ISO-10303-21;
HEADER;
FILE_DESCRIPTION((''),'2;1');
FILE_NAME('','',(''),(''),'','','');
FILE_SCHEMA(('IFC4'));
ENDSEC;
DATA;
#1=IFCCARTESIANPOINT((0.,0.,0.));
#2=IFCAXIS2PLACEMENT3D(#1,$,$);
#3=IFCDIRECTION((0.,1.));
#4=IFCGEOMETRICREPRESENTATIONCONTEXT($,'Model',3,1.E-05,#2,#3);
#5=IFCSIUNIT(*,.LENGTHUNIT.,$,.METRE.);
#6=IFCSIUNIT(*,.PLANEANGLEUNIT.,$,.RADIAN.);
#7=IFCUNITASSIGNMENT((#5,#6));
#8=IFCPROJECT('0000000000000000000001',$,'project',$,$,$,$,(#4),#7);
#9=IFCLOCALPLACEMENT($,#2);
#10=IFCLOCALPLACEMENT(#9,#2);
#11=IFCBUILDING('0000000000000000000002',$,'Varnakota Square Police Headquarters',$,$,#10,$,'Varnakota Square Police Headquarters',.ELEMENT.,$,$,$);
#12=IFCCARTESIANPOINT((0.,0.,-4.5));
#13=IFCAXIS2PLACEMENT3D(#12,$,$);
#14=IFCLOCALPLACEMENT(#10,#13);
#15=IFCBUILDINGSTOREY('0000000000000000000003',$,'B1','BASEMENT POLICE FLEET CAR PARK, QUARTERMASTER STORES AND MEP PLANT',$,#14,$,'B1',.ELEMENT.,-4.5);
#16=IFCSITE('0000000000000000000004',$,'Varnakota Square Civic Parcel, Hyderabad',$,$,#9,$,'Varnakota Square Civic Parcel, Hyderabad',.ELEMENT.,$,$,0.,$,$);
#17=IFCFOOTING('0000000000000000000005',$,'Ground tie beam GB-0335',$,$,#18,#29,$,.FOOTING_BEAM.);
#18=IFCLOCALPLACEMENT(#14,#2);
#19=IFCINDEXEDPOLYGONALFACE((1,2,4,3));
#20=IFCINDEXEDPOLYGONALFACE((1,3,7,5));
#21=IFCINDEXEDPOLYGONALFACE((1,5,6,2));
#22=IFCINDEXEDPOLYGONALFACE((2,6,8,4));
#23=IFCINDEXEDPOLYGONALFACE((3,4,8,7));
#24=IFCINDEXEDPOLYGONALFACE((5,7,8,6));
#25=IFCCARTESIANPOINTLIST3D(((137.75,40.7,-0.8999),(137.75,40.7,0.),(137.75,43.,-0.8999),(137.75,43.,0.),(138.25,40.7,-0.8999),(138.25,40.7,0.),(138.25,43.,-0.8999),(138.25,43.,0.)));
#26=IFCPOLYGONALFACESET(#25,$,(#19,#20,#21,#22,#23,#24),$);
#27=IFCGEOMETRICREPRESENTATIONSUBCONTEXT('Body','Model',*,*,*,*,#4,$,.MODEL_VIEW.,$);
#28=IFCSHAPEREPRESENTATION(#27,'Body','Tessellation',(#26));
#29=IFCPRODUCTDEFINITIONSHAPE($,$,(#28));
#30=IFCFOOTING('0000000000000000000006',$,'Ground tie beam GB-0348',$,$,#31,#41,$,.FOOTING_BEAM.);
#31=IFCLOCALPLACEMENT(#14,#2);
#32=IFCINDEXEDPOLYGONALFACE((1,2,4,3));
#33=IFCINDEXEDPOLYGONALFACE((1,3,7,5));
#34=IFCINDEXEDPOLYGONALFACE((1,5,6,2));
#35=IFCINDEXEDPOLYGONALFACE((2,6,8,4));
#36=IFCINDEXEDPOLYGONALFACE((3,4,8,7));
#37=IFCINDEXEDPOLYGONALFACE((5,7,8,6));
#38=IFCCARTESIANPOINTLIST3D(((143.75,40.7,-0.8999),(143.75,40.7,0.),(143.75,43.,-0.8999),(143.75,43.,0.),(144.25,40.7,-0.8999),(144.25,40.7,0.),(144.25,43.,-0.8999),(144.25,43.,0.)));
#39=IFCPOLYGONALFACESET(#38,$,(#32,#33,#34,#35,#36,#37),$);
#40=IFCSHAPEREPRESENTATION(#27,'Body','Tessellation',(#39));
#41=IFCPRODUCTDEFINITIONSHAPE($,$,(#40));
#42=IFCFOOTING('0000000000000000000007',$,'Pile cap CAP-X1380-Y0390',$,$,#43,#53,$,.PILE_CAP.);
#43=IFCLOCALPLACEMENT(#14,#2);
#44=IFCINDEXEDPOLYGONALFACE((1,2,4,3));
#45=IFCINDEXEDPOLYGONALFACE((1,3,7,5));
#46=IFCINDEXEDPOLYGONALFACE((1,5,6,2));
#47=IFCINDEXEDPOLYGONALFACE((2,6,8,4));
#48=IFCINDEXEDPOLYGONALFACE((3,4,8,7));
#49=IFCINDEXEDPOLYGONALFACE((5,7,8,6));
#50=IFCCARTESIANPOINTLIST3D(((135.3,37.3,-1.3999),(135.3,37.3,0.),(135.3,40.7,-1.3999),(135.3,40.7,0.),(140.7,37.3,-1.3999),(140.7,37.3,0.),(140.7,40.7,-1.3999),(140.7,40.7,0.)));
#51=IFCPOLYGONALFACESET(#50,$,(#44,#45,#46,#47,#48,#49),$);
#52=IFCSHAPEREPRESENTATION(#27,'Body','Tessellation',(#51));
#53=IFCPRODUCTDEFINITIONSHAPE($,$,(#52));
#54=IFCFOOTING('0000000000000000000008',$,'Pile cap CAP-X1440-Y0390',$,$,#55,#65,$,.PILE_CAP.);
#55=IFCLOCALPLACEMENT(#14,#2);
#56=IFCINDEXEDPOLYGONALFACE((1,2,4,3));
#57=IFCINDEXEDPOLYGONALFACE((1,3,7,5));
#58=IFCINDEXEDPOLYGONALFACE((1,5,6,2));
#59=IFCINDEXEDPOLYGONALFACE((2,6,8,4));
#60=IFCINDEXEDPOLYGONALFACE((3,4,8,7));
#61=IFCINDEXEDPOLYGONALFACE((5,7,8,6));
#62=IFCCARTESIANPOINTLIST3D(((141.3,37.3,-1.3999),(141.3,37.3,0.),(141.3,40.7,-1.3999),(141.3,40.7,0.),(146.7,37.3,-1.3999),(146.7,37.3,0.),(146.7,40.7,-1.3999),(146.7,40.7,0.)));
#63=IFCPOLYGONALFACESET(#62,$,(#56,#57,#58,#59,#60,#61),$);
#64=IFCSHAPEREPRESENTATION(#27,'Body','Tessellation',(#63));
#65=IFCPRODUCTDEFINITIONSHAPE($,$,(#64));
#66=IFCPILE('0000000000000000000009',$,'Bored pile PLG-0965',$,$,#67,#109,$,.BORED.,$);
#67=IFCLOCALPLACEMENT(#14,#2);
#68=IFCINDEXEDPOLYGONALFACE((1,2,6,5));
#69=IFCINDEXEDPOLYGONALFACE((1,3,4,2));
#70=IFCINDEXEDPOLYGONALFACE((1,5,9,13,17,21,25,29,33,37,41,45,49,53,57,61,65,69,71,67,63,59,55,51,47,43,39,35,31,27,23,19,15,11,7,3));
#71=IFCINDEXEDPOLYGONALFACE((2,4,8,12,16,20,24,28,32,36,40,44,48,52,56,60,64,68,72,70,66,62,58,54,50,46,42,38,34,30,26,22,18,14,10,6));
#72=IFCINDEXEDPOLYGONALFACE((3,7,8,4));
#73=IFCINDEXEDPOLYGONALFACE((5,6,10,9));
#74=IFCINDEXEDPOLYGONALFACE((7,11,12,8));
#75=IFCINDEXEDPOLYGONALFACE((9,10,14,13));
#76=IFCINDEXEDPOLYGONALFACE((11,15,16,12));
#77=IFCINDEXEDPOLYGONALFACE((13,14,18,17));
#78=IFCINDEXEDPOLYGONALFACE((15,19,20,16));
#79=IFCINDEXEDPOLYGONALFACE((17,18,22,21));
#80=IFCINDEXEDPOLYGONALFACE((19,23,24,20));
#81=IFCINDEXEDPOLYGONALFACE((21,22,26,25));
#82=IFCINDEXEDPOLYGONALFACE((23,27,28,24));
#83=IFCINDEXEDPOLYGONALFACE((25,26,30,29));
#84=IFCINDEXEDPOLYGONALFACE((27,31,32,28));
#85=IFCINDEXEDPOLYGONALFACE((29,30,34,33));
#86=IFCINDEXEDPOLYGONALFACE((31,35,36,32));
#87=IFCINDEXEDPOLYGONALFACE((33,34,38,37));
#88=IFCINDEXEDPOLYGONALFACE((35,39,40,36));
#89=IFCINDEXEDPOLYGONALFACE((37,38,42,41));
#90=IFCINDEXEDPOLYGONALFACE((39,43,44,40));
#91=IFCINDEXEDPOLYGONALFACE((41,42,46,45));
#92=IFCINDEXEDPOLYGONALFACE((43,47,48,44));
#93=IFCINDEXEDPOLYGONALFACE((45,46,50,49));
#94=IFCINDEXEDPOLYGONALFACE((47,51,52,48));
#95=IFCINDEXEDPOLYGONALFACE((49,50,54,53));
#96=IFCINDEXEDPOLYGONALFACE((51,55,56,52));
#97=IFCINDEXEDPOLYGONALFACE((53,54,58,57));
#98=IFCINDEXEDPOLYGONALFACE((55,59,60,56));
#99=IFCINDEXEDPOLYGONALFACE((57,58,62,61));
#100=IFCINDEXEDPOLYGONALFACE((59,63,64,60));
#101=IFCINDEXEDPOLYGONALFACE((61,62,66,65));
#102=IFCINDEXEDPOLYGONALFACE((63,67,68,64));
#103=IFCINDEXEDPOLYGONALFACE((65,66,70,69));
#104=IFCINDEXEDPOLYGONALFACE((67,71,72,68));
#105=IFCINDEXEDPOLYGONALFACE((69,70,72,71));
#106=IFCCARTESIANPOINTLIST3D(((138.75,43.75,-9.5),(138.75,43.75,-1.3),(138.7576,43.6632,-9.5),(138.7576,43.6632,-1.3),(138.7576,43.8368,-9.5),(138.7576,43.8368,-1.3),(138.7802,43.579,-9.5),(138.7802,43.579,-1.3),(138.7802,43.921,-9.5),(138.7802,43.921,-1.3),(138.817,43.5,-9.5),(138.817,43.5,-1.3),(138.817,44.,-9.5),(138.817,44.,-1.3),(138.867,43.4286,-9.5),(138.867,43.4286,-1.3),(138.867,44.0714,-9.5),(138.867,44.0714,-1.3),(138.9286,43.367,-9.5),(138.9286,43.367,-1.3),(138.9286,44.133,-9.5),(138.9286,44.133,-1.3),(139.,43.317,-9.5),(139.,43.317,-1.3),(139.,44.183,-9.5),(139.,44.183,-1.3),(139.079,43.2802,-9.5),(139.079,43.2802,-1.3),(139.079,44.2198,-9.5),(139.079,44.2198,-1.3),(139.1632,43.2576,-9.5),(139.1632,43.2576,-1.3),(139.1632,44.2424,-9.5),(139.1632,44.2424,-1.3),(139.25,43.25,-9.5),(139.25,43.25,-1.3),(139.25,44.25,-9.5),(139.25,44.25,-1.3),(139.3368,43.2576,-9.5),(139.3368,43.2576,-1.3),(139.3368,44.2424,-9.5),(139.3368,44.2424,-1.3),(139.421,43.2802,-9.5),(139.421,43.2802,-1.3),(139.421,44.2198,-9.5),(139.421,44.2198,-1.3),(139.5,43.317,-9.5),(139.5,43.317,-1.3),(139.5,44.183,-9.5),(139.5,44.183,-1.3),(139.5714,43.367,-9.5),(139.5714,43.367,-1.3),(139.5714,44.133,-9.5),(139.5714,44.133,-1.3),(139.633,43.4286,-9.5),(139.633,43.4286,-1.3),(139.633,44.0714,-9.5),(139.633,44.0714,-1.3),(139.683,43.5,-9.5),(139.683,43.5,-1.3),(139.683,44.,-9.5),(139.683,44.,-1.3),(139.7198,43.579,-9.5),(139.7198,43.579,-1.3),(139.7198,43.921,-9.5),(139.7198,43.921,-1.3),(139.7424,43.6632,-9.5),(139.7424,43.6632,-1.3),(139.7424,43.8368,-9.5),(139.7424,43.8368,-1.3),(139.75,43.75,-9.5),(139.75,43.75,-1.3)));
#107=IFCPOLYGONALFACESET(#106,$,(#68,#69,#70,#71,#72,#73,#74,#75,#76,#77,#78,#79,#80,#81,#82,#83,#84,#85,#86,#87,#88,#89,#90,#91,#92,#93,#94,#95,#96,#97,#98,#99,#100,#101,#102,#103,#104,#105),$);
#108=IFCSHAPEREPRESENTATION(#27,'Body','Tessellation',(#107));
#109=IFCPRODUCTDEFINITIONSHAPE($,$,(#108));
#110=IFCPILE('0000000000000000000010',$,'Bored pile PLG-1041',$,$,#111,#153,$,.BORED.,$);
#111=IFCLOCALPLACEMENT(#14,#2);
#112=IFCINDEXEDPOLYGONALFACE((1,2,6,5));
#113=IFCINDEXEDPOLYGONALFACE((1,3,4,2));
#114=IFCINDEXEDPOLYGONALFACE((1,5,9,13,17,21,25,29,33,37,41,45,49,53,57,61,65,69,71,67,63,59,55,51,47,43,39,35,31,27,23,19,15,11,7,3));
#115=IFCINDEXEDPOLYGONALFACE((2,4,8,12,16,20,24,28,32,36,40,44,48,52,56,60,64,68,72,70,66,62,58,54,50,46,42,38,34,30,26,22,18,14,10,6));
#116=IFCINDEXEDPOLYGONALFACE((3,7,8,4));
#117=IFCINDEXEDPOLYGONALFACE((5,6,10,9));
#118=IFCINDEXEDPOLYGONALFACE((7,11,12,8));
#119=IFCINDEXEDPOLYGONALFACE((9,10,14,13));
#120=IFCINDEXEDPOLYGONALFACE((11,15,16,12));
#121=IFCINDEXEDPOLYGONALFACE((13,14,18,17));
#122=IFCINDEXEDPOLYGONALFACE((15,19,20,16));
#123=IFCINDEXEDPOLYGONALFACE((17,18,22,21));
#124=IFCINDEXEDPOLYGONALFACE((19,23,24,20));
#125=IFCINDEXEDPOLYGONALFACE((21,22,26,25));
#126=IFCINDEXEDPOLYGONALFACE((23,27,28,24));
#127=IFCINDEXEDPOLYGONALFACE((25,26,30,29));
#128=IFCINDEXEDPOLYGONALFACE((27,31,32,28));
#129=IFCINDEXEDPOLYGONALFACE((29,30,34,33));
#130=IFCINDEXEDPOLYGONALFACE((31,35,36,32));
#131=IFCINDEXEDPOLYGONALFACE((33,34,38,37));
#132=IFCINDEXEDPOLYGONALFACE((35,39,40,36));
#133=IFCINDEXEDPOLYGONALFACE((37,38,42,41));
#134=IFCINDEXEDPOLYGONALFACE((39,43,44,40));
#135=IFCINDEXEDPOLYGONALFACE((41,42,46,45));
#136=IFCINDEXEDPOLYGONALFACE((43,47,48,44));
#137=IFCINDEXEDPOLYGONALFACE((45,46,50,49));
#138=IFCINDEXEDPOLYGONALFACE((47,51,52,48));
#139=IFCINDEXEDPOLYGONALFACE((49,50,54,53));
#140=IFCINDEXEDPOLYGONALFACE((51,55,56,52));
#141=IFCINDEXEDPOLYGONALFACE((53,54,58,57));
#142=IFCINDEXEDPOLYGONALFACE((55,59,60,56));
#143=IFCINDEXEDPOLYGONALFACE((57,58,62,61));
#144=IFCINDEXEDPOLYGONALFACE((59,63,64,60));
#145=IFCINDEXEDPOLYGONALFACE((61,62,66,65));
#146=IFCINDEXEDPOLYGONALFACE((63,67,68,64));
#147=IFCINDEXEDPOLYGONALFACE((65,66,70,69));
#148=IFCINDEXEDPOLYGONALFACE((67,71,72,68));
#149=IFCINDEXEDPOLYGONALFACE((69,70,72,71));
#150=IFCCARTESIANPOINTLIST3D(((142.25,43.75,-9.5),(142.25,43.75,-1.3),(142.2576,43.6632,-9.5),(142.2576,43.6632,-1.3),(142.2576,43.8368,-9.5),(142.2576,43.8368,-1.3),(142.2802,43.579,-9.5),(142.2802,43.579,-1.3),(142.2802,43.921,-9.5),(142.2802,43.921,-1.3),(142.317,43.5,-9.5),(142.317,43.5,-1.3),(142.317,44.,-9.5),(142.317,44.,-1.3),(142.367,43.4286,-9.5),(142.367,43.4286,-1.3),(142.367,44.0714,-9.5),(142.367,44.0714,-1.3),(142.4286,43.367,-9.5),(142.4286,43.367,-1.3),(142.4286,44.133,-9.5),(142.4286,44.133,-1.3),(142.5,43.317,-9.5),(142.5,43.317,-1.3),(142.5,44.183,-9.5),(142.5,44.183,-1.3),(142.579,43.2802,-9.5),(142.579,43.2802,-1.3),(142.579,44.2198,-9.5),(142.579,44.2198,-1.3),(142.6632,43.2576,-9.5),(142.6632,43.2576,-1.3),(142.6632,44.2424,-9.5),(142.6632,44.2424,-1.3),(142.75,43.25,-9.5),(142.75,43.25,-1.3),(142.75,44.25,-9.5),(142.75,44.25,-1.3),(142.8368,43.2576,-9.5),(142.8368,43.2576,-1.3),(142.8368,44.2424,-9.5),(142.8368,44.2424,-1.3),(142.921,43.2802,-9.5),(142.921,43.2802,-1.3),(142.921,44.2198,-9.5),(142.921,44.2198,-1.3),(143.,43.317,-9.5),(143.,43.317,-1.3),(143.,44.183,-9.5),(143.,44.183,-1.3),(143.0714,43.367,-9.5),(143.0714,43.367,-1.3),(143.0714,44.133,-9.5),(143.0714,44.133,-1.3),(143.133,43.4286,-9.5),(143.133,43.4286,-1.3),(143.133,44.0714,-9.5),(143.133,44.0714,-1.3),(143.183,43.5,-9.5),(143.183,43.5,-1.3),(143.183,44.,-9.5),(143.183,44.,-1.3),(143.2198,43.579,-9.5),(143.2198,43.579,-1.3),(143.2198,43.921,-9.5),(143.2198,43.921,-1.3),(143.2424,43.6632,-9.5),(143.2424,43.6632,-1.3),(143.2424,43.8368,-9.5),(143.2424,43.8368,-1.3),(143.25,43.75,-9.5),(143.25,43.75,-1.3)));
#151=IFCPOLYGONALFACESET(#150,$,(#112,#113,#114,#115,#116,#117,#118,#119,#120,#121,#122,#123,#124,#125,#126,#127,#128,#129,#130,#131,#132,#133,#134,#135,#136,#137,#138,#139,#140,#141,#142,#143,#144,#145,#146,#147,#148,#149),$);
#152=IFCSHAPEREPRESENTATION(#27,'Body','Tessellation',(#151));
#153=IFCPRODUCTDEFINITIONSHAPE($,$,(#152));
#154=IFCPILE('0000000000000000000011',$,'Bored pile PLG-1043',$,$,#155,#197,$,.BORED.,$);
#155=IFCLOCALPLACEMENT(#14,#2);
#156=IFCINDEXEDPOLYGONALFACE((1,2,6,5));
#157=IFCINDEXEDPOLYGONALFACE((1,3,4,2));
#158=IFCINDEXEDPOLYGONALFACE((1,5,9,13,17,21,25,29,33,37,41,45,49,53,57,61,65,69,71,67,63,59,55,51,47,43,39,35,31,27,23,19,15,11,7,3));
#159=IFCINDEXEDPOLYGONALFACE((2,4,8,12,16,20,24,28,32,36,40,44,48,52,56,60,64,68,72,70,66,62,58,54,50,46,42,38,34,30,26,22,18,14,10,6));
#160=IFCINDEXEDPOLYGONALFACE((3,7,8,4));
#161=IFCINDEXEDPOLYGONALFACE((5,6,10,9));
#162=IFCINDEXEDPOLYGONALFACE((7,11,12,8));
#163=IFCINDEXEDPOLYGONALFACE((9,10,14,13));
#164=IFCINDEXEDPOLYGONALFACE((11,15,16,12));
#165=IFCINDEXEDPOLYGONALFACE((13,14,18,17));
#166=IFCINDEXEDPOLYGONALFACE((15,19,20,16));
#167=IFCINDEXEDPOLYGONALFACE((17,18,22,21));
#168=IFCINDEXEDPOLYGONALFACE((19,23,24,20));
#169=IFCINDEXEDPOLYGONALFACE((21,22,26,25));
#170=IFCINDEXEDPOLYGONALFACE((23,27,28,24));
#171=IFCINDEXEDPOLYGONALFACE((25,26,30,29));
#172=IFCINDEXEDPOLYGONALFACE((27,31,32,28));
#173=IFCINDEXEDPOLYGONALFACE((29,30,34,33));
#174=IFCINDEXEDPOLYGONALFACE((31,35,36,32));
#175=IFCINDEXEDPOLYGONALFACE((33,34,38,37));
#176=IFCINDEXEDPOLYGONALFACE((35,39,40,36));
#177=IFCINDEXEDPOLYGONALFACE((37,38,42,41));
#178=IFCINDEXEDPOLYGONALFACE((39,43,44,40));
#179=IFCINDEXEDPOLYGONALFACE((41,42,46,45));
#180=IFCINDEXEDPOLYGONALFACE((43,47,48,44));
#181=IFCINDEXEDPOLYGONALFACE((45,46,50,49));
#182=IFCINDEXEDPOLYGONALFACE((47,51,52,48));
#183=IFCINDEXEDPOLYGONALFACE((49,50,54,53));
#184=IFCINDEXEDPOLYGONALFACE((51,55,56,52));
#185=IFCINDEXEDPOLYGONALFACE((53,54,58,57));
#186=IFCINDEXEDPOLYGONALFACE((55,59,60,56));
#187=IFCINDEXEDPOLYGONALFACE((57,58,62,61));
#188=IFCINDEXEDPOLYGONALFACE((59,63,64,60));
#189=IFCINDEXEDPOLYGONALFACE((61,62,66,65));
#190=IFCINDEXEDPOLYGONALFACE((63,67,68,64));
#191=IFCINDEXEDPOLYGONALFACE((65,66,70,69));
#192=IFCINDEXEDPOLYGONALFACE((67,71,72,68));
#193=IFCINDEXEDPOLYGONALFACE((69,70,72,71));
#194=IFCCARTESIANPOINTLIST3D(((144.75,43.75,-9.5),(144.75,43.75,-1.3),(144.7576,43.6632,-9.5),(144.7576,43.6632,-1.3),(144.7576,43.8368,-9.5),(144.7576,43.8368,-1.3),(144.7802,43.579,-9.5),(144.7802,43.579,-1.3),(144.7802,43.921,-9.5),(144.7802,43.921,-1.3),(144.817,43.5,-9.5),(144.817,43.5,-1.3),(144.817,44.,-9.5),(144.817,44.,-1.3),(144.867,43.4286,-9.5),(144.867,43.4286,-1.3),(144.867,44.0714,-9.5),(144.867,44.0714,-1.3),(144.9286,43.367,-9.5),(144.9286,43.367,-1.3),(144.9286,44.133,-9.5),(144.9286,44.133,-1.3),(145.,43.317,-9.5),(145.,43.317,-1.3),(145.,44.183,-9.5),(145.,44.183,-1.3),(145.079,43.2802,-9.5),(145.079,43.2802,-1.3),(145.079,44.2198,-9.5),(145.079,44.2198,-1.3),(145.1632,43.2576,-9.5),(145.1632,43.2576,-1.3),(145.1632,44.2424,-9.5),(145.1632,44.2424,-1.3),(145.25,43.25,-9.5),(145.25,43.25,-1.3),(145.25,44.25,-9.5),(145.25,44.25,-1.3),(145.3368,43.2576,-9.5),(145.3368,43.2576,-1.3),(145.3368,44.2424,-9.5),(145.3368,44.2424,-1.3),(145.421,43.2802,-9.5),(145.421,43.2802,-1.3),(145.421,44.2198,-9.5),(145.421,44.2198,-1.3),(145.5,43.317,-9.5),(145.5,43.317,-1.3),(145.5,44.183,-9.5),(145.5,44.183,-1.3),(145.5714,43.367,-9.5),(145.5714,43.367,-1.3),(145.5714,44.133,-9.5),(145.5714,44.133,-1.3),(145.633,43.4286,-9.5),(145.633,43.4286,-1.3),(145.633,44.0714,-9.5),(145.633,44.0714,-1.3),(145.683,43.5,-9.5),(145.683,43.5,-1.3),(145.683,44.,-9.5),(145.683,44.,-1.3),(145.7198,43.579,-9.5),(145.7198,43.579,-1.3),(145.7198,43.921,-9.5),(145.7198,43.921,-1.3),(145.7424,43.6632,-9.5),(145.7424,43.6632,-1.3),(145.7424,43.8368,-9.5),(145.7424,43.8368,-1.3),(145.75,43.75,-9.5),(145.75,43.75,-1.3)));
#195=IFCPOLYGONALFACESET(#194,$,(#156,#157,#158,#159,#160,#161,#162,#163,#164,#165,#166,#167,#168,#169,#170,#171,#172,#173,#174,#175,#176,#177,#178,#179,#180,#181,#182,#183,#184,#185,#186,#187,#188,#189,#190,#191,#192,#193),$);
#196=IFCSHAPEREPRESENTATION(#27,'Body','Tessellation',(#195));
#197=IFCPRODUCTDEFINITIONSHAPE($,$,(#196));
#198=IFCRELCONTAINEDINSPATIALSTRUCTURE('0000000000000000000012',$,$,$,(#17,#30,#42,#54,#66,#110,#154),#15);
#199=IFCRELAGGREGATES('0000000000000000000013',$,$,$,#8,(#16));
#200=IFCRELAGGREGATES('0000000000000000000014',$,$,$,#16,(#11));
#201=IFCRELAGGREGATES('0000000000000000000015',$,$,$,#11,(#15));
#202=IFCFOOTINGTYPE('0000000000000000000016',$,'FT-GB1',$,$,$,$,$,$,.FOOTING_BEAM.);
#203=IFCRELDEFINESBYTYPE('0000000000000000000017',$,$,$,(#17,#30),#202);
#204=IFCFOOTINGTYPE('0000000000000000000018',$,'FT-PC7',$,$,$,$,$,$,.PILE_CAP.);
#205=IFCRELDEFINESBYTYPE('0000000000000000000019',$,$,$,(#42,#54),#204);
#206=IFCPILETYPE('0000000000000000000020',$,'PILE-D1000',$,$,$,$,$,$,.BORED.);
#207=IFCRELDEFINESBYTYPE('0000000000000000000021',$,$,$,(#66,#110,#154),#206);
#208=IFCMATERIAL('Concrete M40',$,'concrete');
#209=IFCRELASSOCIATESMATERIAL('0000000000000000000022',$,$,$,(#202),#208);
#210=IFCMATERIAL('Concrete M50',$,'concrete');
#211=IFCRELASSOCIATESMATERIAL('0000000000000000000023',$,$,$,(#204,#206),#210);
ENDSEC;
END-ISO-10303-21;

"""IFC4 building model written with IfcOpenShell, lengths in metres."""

from ifc_helpers import new_model, si_unit, direction, frame, origin, origin_2d, place, context, subcontext, project, spatial, rectangle, circle, extrude, material, material_profile, profile_set, type_object, element, save


model = new_model("IFC4")

# Units and contexts
model_context = context("Model", 3, precision=1e-05, world=origin(), true_north=direction((0.0, 1.0)))
body_context = subcontext(model_context, "Body", "Model", "MODEL_VIEW")
ifc_project = project(units=[si_unit("LENGTHUNIT", "METRE"), si_unit("PLANEANGLEUNIT", "RADIAN")], contexts=[model_context])

# Site, building, storey
site_placement = place(None, origin())
site = spatial("IfcSite", under=ifc_project, at=site_placement, Name="Varnakota Square Civic Parcel, Hyderabad", LongName="Varnakota Square Civic Parcel, Hyderabad", CompositionType="ELEMENT", RefElevation=0.0)
building_placement = place(site_placement, origin())
building = spatial("IfcBuilding", under=site, at=building_placement, Name="Varnakota Square Police Headquarters", LongName="Varnakota Square Police Headquarters", CompositionType="ELEMENT")
storey_placement = place(building_placement, frame((0.0, 0.0, -4.5)))
storey = spatial("IfcBuildingStorey", under=building, at=storey_placement, Name="B1", Description="BASEMENT POLICE FLEET CAR PARK, QUARTERMASTER STORES AND MEP PLANT", LongName="B1", CompositionType="ELEMENT", Elevation=-4.5)

# Footings
ifc_material_1 = material(Name="Concrete M40", Category="concrete")
ifc_material_profile_1 = material_profile(ifc_material_1, rectangle(XDim=0.5, YDim=0.8999, at=origin_2d()), Name="GB 500x900")
ifc_profile_set_1 = profile_set([ifc_material_profile_1], Name="Concrete M40")
footing_type_1 = type_object("IfcFootingType", Name="FT-GB1", PredefinedType="FOOTING_BEAM", material=ifc_profile_set_1)
for number, where, z_axis, x_axis, name in (
    (1, (138.0, 40.7, -0.45), (0.0, 1.0, 0.0), (-1.0, 0.0, 0.0), "Ground tie beam GB-0335"),
    (2, (144.0, 40.7, -0.45), (0.0, 1.0, 0.0), (-1.0, 0.0, 0.0), "Ground tie beam GB-0348"),
):
    element("IfcFooting", number, at=place(storey_placement, frame(where, z_axis=z_axis, x_axis=x_axis)), inside=storey, type_object=footing_type_1, Name=name, PredefinedType="FOOTING_BEAM", context=body_context, shape_type="SweptSolid", body=[
        extrude(rectangle(XDim=0.5, YDim=0.8999, at=origin_2d()), origin(), (0.0, 0.0, 1.0), 2.3),
    ])
ifc_material_2 = material(Name="Concrete M50", Category="concrete")
footing_type_2 = type_object("IfcFootingType", Name="FT-PC7", PredefinedType="PILE_CAP", material=ifc_material_2)
for number, where, z_axis, x_axis, name in (
    (3, (138.0, 39.0, -1.3999), (0.0, 0.0, 1.0), (1.0, 0.0, 0.0), "Pile cap CAP-X1380-Y0390"),
    (4, (144.0, 39.0, -1.3999), (0.0, 0.0, 1.0), (1.0, 0.0, 0.0), "Pile cap CAP-X1440-Y0390"),
):
    element("IfcFooting", number, at=place(storey_placement, frame(where, z_axis=z_axis, x_axis=x_axis)), inside=storey, type_object=footing_type_2, Name=name, PredefinedType="PILE_CAP", context=body_context, shape_type="SweptSolid", body=[
        extrude(rectangle(XDim=5.3999, YDim=3.3999, at=origin_2d()), origin(), (0.0, 0.0, 1.0), 1.3999),
    ])

# Piles
ifc_material_profile_2 = material_profile(ifc_material_2, circle(Radius=0.5, at=origin_2d()), Name="BORED PILE 1000")
ifc_profile_set_2 = profile_set([ifc_material_profile_2], Name="Concrete M50")
pile_type_1 = type_object("IfcPileType", Name="PILE-D1000", PredefinedType="BORED", material=ifc_profile_set_2)
for number, where, z_axis, x_axis, name in (
    (5, (139.25, 43.75, -1.3), (0.0, 0.0, -1.0), (1.0, 0.0, 0.0), "Bored pile PLG-0965"),
    (6, (142.75, 43.75, -1.3), (0.0, 0.0, -1.0), (1.0, 0.0, 0.0), "Bored pile PLG-1041"),
    (7, (145.25, 43.75, -1.3), (0.0, 0.0, -1.0), (1.0, 0.0, 0.0), "Bored pile PLG-1043"),
):
    element("IfcPile", number, at=place(storey_placement, frame(where, z_axis=z_axis, x_axis=x_axis)), inside=storey, type_object=pile_type_1, Name=name, PredefinedType="BORED", context=body_context, shape_type="SweptSolid", body=[
        extrude(circle(Radius=0.5, at=origin_2d()), origin(), (0.0, 0.0, 1.0), 8.2),
    ])

save(model, "model.ifc")
